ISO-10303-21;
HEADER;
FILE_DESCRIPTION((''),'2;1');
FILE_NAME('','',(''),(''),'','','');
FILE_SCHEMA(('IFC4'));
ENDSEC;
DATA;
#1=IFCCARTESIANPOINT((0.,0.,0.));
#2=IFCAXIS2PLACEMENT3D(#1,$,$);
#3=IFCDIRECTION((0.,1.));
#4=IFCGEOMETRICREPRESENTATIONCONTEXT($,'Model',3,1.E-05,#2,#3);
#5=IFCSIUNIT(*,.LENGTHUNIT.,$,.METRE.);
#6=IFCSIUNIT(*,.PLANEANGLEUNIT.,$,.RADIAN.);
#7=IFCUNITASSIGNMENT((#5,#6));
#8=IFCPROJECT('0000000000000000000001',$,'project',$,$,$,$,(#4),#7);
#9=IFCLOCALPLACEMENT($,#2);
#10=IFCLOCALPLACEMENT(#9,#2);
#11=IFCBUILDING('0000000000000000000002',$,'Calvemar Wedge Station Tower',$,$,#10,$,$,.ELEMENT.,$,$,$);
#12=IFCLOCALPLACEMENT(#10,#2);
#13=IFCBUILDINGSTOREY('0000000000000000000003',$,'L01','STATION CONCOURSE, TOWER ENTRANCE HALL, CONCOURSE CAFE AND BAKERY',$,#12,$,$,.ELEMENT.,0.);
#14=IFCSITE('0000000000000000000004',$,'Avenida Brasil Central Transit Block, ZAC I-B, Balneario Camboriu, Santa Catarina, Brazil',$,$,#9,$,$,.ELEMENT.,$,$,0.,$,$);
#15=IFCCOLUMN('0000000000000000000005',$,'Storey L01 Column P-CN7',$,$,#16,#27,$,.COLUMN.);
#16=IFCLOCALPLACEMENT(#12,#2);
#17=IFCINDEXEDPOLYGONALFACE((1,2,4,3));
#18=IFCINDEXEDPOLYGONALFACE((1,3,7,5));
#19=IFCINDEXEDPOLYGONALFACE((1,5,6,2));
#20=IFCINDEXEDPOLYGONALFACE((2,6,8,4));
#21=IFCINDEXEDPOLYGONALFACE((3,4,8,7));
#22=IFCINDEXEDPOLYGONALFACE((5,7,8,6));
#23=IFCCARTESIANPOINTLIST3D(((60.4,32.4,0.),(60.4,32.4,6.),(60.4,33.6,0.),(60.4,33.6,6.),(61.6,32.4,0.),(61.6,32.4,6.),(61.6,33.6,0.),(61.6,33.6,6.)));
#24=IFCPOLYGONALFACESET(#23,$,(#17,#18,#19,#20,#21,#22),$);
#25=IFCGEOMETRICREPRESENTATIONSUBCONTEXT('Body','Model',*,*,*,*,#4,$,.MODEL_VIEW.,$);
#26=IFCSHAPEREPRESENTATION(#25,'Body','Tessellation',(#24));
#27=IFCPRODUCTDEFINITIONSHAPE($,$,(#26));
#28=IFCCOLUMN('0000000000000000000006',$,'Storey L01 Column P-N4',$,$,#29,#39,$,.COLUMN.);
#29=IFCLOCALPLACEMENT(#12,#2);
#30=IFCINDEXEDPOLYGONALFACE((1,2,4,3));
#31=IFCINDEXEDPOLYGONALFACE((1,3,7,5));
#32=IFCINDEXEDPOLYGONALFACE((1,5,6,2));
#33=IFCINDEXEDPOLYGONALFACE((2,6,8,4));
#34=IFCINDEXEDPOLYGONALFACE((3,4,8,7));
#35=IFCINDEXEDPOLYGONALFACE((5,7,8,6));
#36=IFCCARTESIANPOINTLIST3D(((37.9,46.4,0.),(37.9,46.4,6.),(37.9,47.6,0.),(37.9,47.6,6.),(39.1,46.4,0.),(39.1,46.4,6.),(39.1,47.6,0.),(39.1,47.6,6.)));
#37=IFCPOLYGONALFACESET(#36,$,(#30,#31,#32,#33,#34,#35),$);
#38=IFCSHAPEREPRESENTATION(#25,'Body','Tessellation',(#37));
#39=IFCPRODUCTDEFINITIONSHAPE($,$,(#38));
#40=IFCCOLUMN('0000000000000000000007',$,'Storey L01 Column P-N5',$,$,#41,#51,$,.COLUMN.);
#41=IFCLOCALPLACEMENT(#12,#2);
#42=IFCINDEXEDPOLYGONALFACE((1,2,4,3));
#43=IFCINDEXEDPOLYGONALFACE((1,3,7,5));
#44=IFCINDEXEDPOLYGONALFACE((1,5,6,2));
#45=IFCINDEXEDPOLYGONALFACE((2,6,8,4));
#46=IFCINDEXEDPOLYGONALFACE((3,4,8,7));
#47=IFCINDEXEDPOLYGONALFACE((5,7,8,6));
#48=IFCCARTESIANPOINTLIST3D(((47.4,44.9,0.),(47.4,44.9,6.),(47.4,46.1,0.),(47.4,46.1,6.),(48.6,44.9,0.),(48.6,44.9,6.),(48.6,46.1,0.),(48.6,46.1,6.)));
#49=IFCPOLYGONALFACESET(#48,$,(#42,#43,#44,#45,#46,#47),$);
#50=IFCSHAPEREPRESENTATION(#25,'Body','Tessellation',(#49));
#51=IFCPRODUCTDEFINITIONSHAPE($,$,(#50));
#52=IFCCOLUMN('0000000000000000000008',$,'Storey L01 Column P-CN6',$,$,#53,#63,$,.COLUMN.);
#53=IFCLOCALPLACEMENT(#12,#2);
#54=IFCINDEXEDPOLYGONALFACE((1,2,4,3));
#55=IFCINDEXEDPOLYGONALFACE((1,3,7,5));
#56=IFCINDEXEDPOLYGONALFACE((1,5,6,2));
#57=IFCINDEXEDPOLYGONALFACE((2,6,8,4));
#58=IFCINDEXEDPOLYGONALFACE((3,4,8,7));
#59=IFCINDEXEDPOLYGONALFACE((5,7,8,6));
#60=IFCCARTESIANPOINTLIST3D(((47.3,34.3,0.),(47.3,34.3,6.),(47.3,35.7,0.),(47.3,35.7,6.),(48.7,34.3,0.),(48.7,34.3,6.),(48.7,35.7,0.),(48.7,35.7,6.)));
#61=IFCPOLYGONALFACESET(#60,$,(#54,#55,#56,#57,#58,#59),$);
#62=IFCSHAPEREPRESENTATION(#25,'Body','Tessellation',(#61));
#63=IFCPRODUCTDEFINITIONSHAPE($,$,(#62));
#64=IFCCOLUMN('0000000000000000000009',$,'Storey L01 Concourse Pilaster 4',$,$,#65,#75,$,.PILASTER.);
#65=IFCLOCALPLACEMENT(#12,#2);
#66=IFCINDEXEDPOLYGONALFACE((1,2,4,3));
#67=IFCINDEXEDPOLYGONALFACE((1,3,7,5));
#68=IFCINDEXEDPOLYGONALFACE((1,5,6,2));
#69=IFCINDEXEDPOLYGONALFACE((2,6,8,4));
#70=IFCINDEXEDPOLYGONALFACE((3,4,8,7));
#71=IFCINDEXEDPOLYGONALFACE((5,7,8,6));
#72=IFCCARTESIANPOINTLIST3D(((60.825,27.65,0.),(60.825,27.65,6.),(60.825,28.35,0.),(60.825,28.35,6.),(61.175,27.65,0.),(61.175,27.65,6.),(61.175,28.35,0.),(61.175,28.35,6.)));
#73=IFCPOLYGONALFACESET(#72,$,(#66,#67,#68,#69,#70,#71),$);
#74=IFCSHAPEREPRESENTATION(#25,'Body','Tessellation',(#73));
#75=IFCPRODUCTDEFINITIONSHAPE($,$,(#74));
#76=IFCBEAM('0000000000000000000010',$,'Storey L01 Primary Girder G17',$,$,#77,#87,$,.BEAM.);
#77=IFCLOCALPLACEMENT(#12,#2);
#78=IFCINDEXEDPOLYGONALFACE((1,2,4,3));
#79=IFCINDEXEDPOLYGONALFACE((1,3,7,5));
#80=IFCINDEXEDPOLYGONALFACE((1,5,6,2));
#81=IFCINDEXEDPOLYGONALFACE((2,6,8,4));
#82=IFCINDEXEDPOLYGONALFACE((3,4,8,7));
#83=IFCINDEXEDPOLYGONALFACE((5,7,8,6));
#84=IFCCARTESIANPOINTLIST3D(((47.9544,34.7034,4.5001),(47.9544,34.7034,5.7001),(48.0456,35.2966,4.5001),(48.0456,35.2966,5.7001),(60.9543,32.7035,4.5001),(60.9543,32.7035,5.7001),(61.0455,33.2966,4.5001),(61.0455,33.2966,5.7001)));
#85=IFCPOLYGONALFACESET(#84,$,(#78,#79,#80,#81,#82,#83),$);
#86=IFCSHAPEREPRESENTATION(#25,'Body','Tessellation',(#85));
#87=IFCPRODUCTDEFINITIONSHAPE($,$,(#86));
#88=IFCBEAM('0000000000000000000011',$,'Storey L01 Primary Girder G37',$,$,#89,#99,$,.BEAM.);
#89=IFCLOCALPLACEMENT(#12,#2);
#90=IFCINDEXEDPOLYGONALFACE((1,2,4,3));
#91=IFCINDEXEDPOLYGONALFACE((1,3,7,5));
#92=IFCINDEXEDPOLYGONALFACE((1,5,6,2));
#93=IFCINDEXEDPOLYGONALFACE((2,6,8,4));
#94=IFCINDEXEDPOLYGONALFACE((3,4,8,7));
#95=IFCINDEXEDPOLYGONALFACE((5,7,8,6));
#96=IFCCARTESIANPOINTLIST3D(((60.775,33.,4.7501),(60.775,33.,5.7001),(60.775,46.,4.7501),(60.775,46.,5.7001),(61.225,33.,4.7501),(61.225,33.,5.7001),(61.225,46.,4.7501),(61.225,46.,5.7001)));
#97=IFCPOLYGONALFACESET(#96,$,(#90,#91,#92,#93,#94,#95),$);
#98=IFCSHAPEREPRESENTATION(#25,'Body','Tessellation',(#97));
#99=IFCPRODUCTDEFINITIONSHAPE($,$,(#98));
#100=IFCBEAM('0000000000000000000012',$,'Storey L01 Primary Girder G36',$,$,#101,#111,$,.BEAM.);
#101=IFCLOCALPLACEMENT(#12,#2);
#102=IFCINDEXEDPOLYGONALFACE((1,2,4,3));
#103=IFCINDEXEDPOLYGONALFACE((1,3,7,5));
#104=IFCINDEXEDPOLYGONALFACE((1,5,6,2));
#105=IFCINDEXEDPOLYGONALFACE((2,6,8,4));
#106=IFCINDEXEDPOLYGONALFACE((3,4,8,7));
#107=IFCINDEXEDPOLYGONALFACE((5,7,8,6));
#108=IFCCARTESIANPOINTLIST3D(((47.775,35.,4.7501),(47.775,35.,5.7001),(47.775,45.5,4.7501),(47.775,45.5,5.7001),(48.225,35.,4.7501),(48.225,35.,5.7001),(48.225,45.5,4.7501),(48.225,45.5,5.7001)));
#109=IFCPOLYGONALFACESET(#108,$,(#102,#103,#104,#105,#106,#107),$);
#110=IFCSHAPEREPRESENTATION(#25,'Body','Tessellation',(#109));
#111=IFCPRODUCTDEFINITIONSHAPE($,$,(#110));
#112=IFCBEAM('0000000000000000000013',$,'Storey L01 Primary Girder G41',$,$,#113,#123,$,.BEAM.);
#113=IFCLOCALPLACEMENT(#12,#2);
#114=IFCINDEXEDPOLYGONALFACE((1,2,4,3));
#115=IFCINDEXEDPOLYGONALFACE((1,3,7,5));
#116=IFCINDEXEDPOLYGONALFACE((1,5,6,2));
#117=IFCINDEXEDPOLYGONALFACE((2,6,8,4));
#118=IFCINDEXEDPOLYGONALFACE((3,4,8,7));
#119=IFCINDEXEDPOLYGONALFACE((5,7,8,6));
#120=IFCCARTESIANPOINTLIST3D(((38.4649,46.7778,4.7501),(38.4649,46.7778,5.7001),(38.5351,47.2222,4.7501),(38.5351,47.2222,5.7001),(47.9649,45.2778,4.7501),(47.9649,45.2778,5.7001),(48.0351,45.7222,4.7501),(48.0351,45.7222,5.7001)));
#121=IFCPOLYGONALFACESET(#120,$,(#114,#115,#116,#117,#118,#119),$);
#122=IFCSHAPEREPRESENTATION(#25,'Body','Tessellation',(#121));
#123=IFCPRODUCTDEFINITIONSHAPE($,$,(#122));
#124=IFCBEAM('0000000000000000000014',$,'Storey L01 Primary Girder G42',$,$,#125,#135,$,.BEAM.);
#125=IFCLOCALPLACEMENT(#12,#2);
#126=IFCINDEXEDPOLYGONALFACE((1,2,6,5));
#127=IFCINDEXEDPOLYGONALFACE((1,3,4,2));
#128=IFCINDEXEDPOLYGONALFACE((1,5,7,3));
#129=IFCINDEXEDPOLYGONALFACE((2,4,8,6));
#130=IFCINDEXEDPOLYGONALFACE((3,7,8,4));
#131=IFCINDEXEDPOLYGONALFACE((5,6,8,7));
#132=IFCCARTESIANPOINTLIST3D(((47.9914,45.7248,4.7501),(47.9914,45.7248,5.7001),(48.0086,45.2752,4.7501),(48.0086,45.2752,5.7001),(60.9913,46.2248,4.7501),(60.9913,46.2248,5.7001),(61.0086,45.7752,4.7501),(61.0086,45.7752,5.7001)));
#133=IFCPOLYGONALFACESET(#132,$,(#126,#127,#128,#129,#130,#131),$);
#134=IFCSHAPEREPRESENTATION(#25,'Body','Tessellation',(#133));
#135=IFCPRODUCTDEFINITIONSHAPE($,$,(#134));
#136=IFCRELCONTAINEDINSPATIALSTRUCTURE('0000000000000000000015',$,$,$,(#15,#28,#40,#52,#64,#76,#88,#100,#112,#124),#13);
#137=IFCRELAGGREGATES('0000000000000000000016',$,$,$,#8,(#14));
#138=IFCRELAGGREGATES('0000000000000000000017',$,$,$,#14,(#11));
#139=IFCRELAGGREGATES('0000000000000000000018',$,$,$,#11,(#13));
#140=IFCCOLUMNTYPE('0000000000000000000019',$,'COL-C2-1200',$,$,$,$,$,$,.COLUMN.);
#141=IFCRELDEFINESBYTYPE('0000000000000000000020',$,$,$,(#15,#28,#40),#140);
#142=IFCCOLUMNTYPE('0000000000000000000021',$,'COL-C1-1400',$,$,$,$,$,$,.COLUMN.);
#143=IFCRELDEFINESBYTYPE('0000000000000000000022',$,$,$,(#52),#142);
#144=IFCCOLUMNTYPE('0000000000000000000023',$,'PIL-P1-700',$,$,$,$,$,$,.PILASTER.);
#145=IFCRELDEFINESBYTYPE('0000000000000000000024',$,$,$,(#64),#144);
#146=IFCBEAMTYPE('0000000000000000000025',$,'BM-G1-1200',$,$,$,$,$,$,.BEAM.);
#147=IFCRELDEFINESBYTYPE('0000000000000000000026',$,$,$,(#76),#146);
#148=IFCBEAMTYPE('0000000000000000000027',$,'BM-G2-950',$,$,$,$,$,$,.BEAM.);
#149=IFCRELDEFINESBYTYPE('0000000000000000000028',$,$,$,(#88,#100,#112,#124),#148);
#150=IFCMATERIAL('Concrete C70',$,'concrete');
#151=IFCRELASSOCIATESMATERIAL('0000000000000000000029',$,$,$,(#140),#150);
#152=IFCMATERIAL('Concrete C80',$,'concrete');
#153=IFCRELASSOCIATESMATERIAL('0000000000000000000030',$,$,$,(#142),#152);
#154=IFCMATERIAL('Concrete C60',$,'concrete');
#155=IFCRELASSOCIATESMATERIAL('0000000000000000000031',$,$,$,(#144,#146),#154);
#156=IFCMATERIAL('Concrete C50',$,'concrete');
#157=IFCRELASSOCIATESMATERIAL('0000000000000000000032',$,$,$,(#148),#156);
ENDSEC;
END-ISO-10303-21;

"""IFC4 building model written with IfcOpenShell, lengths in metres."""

from ifc_helpers import new_model, si_unit, direction, frame, origin, origin_2d, place, context, subcontext, project, spatial, rectangle, extrude, source, transform, mapped, material, material_profile, profile_set, type_object, element, save


model = new_model("IFC4")

# Units and contexts
model_context = context("Model", 3, precision=1e-05, world=origin(), true_north=direction((0.0, 1.0)))
body_context = subcontext(model_context, "Body", "Model", "MODEL_VIEW")
ifc_project = project(units=[si_unit("LENGTHUNIT", "METRE"), si_unit("PLANEANGLEUNIT", "RADIAN")], contexts=[model_context])

# Site, building, storey
site_placement = place(None, origin())
site = spatial("IfcSite", under=ifc_project, at=site_placement, Name="Avenida Brasil Central Transit Block, ZAC I-B, Balneario Camboriu, Santa Catarina, Brazil", CompositionType="ELEMENT", RefElevation=0.0)
building_placement = place(site_placement, origin())
building = spatial("IfcBuilding", under=site, at=building_placement, Name="Calvemar Wedge Station Tower", CompositionType="ELEMENT")
storey_placement = place(building_placement, origin())
storey = spatial("IfcBuildingStorey", under=building, at=storey_placement, Name="L01", Description="STATION CONCOURSE, TOWER ENTRANCE HALL, CONCOURSE CAFE AND BAKERY", CompositionType="ELEMENT", Elevation=0.0)

# Columns
ifc_material_1 = material(Name="Concrete C70", Category="concrete")
ifc_material_profile_1 = material_profile(ifc_material_1, rectangle(XDim=1.2, YDim=1.2, at=origin_2d()), Name="RC1200x1200")
ifc_profile_set_1 = profile_set([ifc_material_profile_1], Name="Concrete C70")
column_type_1 = type_object("IfcColumnType", Name="COL-C2-1200", PredefinedType="COLUMN", material=ifc_profile_set_1)
shared_shape_1 = source(origin(), body_context, "Body", "SweptSolid", [
    extrude(rectangle(XDim=1.2, YDim=1.2, at=origin_2d()), origin(), (0.0, 0.0, 1.0), 6.0),
])
for number, where, z_axis, x_axis, name in (
    (1, (61.0, 33.0, 0.0), (0.0, 0.0, 1.0), (1.0, 0.0, 0.0), "Storey L01 Column P-CN7"),
    (2, (38.5, 47.0, 0.0), (0.0, 0.0, 1.0), (1.0, 0.0, 0.0), "Storey L01 Column P-N4"),
    (3, (48.0, 45.5, 0.0), (0.0, 0.0, 1.0), (1.0, 0.0, 0.0), "Storey L01 Column P-N5"),
):
    element("IfcColumn", number, at=place(storey_placement, frame(where, z_axis=z_axis, x_axis=x_axis)), inside=storey, type_object=column_type_1, Name=name, PredefinedType="COLUMN", context=body_context, shape_type="MappedRepresentation", body=[
        mapped(shared_shape_1, transform((0.0, 0.0, 0.0), scale=1.0)),
    ])
ifc_material_2 = material(Name="Concrete C80", Category="concrete")
ifc_material_profile_2 = material_profile(ifc_material_2, rectangle(XDim=1.3999, YDim=1.3999, at=origin_2d()), Name="RC1400x1400")
ifc_profile_set_2 = profile_set([ifc_material_profile_2], Name="Concrete C80")
column_type_2 = type_object("IfcColumnType", Name="COL-C1-1400", PredefinedType="COLUMN", material=ifc_profile_set_2)
shared_shape_2 = source(origin(), body_context, "Body", "SweptSolid", [
    extrude(rectangle(XDim=1.3999, YDim=1.3999, at=origin_2d()), origin(), (0.0, 0.0, 1.0), 6.0),
])
column_1_placement = place(storey_placement, frame((48.0, 35.0, 0.0), z_axis=(0.0, 0.0, 1.0), x_axis=(1.0, 0.0, 0.0)))
element("IfcColumn", 4, at=column_1_placement, inside=storey, type_object=column_type_2, Name="Storey L01 Column P-CN6", PredefinedType="COLUMN", context=body_context, shape_type="MappedRepresentation", body=[
    mapped(shared_shape_2, transform((0.0, 0.0, 0.0), scale=1.0)),
])
ifc_material_3 = material(Name="Concrete C60", Category="concrete")
ifc_material_profile_3 = material_profile(ifc_material_3, rectangle(XDim=0.3501, YDim=0.7, at=origin_2d()), Name="RC350x700")
ifc_profile_set_3 = profile_set([ifc_material_profile_3], Name="Concrete C60")
column_type_3 = type_object("IfcColumnType", Name="PIL-P1-700", PredefinedType="PILASTER", material=ifc_profile_set_3)
shared_shape_3 = source(origin(), body_context, "Body", "SweptSolid", [
    extrude(rectangle(XDim=0.3501, YDim=0.7, at=origin_2d()), origin(), (0.0, 0.0, 1.0), 6.0),
])
column_2_placement = place(storey_placement, frame((61.0, 28.0, 0.0), z_axis=(0.0, 0.0, 1.0), x_axis=(1.0, 0.0, 0.0)))
element("IfcColumn", 5, at=column_2_placement, inside=storey, type_object=column_type_3, Name="Storey L01 Concourse Pilaster 4", PredefinedType="PILASTER", context=body_context, shape_type="MappedRepresentation", body=[
    mapped(shared_shape_3, transform((0.0, 0.0, 0.0), scale=1.0)),
])

# Beams
ifc_material_profile_4 = material_profile(ifc_material_3, rectangle(XDim=0.6001, YDim=1.2, at=origin_2d()), Name="RC600x1200")
ifc_profile_set_4 = profile_set([ifc_material_profile_4], Name="Concrete C60")
beam_type_1 = type_object("IfcBeamType", Name="BM-G1-1200", PredefinedType="BEAM", material=ifc_profile_set_4)
shared_shape_4 = source(origin(), body_context, "Body", "SweptSolid", [
    extrude(rectangle(XDim=0.6001, YDim=1.2, at=origin_2d()), origin(), (0.0, 0.0, 1.0), 13.1528),
])
beam_1_placement = place(storey_placement, frame((48.0, 35.0, 5.1001), z_axis=(0.988372, -0.152057, 0.0), x_axis=(0.152057, 0.988372, 0.0)))
element("IfcBeam", 6, at=beam_1_placement, inside=storey, type_object=beam_type_1, Name="Storey L01 Primary Girder G17", PredefinedType="BEAM", context=body_context, shape_type="MappedRepresentation", body=[
    mapped(shared_shape_4, transform((0.0, 0.0, 0.0), scale=1.0)),
])
ifc_material_4 = material(Name="Concrete C50", Category="concrete")
ifc_material_profile_5 = material_profile(ifc_material_4, rectangle(XDim=0.45, YDim=0.95, at=origin_2d()), Name="RC450x950")
ifc_profile_set_5 = profile_set([ifc_material_profile_5], Name="Concrete C50")
beam_type_2 = type_object("IfcBeamType", Name="BM-G2-950", PredefinedType="BEAM", material=ifc_profile_set_5)
shared_shape_5 = source(origin(), body_context, "Body", "SweptSolid", [
    extrude(rectangle(XDim=0.45, YDim=0.95, at=origin_2d()), origin(), (0.0, 0.0, 1.0), 13.0),
])
beam_2_placement = place(storey_placement, frame((61.0, 33.0, 5.2251), z_axis=(0.0, 1.0, 0.0), x_axis=(-1.0, 0.0, 0.0)))
element("IfcBeam", 7, at=beam_2_placement, inside=storey, type_object=beam_type_2, Name="Storey L01 Primary Girder G37", PredefinedType="BEAM", context=body_context, shape_type="MappedRepresentation", body=[
    mapped(shared_shape_5, transform((0.0, 0.0, 0.0), scale=1.0)),
])
shared_shape_6 = source(origin(), body_context, "Body", "SweptSolid", [
    extrude(rectangle(XDim=0.45, YDim=0.95, at=origin_2d()), origin(), (0.0, 0.0, 1.0), 10.5),
])
beam_3_placement = place(storey_placement, frame((48.0, 35.0, 5.2251), z_axis=(0.0, 1.0, 0.0), x_axis=(-1.0, 0.0, 0.0)))
element("IfcBeam", 8, at=beam_3_placement, inside=storey, type_object=beam_type_2, Name="Storey L01 Primary Girder G36", PredefinedType="BEAM", context=body_context, shape_type="MappedRepresentation", body=[
    mapped(shared_shape_6, transform((0.0, 0.0, 0.0), scale=1.0)),
])
shared_shape_7 = source(origin(), body_context, "Body", "SweptSolid", [
    extrude(rectangle(XDim=0.45, YDim=0.95, at=origin_2d()), origin(), (0.0, 0.0, 1.0), 9.6177),
])
beam_4_placement = place(storey_placement, frame((38.5, 47.0, 5.2251), z_axis=(0.987763, -0.155963, 0.0), x_axis=(0.155963, 0.987763, 0.0)))
element("IfcBeam", 9, at=beam_4_placement, inside=storey, type_object=beam_type_2, Name="Storey L01 Primary Girder G41", PredefinedType="BEAM", context=body_context, shape_type="MappedRepresentation", body=[
    mapped(shared_shape_7, transform((0.0, 0.0, 0.0), scale=1.0)),
])
shared_shape_8 = source(origin(), body_context, "Body", "SweptSolid", [
    extrude(rectangle(XDim=0.45, YDim=0.95, at=origin_2d()), origin(), (0.0, 0.0, 1.0), 13.0095),
])
beam_5_placement = place(storey_placement, frame((48.0, 45.5, 5.2251), z_axis=(0.999261, 0.038433, 0.0), x_axis=(-0.038433, 0.999261, 0.0)))
element("IfcBeam", 10, at=beam_5_placement, inside=storey, type_object=beam_type_2, Name="Storey L01 Primary Girder G42", PredefinedType="BEAM", context=body_context, shape_type="MappedRepresentation", body=[
    mapped(shared_shape_8, transform((0.0, 0.0, 0.0), scale=1.0)),
])

save(model, "model.ifc")
